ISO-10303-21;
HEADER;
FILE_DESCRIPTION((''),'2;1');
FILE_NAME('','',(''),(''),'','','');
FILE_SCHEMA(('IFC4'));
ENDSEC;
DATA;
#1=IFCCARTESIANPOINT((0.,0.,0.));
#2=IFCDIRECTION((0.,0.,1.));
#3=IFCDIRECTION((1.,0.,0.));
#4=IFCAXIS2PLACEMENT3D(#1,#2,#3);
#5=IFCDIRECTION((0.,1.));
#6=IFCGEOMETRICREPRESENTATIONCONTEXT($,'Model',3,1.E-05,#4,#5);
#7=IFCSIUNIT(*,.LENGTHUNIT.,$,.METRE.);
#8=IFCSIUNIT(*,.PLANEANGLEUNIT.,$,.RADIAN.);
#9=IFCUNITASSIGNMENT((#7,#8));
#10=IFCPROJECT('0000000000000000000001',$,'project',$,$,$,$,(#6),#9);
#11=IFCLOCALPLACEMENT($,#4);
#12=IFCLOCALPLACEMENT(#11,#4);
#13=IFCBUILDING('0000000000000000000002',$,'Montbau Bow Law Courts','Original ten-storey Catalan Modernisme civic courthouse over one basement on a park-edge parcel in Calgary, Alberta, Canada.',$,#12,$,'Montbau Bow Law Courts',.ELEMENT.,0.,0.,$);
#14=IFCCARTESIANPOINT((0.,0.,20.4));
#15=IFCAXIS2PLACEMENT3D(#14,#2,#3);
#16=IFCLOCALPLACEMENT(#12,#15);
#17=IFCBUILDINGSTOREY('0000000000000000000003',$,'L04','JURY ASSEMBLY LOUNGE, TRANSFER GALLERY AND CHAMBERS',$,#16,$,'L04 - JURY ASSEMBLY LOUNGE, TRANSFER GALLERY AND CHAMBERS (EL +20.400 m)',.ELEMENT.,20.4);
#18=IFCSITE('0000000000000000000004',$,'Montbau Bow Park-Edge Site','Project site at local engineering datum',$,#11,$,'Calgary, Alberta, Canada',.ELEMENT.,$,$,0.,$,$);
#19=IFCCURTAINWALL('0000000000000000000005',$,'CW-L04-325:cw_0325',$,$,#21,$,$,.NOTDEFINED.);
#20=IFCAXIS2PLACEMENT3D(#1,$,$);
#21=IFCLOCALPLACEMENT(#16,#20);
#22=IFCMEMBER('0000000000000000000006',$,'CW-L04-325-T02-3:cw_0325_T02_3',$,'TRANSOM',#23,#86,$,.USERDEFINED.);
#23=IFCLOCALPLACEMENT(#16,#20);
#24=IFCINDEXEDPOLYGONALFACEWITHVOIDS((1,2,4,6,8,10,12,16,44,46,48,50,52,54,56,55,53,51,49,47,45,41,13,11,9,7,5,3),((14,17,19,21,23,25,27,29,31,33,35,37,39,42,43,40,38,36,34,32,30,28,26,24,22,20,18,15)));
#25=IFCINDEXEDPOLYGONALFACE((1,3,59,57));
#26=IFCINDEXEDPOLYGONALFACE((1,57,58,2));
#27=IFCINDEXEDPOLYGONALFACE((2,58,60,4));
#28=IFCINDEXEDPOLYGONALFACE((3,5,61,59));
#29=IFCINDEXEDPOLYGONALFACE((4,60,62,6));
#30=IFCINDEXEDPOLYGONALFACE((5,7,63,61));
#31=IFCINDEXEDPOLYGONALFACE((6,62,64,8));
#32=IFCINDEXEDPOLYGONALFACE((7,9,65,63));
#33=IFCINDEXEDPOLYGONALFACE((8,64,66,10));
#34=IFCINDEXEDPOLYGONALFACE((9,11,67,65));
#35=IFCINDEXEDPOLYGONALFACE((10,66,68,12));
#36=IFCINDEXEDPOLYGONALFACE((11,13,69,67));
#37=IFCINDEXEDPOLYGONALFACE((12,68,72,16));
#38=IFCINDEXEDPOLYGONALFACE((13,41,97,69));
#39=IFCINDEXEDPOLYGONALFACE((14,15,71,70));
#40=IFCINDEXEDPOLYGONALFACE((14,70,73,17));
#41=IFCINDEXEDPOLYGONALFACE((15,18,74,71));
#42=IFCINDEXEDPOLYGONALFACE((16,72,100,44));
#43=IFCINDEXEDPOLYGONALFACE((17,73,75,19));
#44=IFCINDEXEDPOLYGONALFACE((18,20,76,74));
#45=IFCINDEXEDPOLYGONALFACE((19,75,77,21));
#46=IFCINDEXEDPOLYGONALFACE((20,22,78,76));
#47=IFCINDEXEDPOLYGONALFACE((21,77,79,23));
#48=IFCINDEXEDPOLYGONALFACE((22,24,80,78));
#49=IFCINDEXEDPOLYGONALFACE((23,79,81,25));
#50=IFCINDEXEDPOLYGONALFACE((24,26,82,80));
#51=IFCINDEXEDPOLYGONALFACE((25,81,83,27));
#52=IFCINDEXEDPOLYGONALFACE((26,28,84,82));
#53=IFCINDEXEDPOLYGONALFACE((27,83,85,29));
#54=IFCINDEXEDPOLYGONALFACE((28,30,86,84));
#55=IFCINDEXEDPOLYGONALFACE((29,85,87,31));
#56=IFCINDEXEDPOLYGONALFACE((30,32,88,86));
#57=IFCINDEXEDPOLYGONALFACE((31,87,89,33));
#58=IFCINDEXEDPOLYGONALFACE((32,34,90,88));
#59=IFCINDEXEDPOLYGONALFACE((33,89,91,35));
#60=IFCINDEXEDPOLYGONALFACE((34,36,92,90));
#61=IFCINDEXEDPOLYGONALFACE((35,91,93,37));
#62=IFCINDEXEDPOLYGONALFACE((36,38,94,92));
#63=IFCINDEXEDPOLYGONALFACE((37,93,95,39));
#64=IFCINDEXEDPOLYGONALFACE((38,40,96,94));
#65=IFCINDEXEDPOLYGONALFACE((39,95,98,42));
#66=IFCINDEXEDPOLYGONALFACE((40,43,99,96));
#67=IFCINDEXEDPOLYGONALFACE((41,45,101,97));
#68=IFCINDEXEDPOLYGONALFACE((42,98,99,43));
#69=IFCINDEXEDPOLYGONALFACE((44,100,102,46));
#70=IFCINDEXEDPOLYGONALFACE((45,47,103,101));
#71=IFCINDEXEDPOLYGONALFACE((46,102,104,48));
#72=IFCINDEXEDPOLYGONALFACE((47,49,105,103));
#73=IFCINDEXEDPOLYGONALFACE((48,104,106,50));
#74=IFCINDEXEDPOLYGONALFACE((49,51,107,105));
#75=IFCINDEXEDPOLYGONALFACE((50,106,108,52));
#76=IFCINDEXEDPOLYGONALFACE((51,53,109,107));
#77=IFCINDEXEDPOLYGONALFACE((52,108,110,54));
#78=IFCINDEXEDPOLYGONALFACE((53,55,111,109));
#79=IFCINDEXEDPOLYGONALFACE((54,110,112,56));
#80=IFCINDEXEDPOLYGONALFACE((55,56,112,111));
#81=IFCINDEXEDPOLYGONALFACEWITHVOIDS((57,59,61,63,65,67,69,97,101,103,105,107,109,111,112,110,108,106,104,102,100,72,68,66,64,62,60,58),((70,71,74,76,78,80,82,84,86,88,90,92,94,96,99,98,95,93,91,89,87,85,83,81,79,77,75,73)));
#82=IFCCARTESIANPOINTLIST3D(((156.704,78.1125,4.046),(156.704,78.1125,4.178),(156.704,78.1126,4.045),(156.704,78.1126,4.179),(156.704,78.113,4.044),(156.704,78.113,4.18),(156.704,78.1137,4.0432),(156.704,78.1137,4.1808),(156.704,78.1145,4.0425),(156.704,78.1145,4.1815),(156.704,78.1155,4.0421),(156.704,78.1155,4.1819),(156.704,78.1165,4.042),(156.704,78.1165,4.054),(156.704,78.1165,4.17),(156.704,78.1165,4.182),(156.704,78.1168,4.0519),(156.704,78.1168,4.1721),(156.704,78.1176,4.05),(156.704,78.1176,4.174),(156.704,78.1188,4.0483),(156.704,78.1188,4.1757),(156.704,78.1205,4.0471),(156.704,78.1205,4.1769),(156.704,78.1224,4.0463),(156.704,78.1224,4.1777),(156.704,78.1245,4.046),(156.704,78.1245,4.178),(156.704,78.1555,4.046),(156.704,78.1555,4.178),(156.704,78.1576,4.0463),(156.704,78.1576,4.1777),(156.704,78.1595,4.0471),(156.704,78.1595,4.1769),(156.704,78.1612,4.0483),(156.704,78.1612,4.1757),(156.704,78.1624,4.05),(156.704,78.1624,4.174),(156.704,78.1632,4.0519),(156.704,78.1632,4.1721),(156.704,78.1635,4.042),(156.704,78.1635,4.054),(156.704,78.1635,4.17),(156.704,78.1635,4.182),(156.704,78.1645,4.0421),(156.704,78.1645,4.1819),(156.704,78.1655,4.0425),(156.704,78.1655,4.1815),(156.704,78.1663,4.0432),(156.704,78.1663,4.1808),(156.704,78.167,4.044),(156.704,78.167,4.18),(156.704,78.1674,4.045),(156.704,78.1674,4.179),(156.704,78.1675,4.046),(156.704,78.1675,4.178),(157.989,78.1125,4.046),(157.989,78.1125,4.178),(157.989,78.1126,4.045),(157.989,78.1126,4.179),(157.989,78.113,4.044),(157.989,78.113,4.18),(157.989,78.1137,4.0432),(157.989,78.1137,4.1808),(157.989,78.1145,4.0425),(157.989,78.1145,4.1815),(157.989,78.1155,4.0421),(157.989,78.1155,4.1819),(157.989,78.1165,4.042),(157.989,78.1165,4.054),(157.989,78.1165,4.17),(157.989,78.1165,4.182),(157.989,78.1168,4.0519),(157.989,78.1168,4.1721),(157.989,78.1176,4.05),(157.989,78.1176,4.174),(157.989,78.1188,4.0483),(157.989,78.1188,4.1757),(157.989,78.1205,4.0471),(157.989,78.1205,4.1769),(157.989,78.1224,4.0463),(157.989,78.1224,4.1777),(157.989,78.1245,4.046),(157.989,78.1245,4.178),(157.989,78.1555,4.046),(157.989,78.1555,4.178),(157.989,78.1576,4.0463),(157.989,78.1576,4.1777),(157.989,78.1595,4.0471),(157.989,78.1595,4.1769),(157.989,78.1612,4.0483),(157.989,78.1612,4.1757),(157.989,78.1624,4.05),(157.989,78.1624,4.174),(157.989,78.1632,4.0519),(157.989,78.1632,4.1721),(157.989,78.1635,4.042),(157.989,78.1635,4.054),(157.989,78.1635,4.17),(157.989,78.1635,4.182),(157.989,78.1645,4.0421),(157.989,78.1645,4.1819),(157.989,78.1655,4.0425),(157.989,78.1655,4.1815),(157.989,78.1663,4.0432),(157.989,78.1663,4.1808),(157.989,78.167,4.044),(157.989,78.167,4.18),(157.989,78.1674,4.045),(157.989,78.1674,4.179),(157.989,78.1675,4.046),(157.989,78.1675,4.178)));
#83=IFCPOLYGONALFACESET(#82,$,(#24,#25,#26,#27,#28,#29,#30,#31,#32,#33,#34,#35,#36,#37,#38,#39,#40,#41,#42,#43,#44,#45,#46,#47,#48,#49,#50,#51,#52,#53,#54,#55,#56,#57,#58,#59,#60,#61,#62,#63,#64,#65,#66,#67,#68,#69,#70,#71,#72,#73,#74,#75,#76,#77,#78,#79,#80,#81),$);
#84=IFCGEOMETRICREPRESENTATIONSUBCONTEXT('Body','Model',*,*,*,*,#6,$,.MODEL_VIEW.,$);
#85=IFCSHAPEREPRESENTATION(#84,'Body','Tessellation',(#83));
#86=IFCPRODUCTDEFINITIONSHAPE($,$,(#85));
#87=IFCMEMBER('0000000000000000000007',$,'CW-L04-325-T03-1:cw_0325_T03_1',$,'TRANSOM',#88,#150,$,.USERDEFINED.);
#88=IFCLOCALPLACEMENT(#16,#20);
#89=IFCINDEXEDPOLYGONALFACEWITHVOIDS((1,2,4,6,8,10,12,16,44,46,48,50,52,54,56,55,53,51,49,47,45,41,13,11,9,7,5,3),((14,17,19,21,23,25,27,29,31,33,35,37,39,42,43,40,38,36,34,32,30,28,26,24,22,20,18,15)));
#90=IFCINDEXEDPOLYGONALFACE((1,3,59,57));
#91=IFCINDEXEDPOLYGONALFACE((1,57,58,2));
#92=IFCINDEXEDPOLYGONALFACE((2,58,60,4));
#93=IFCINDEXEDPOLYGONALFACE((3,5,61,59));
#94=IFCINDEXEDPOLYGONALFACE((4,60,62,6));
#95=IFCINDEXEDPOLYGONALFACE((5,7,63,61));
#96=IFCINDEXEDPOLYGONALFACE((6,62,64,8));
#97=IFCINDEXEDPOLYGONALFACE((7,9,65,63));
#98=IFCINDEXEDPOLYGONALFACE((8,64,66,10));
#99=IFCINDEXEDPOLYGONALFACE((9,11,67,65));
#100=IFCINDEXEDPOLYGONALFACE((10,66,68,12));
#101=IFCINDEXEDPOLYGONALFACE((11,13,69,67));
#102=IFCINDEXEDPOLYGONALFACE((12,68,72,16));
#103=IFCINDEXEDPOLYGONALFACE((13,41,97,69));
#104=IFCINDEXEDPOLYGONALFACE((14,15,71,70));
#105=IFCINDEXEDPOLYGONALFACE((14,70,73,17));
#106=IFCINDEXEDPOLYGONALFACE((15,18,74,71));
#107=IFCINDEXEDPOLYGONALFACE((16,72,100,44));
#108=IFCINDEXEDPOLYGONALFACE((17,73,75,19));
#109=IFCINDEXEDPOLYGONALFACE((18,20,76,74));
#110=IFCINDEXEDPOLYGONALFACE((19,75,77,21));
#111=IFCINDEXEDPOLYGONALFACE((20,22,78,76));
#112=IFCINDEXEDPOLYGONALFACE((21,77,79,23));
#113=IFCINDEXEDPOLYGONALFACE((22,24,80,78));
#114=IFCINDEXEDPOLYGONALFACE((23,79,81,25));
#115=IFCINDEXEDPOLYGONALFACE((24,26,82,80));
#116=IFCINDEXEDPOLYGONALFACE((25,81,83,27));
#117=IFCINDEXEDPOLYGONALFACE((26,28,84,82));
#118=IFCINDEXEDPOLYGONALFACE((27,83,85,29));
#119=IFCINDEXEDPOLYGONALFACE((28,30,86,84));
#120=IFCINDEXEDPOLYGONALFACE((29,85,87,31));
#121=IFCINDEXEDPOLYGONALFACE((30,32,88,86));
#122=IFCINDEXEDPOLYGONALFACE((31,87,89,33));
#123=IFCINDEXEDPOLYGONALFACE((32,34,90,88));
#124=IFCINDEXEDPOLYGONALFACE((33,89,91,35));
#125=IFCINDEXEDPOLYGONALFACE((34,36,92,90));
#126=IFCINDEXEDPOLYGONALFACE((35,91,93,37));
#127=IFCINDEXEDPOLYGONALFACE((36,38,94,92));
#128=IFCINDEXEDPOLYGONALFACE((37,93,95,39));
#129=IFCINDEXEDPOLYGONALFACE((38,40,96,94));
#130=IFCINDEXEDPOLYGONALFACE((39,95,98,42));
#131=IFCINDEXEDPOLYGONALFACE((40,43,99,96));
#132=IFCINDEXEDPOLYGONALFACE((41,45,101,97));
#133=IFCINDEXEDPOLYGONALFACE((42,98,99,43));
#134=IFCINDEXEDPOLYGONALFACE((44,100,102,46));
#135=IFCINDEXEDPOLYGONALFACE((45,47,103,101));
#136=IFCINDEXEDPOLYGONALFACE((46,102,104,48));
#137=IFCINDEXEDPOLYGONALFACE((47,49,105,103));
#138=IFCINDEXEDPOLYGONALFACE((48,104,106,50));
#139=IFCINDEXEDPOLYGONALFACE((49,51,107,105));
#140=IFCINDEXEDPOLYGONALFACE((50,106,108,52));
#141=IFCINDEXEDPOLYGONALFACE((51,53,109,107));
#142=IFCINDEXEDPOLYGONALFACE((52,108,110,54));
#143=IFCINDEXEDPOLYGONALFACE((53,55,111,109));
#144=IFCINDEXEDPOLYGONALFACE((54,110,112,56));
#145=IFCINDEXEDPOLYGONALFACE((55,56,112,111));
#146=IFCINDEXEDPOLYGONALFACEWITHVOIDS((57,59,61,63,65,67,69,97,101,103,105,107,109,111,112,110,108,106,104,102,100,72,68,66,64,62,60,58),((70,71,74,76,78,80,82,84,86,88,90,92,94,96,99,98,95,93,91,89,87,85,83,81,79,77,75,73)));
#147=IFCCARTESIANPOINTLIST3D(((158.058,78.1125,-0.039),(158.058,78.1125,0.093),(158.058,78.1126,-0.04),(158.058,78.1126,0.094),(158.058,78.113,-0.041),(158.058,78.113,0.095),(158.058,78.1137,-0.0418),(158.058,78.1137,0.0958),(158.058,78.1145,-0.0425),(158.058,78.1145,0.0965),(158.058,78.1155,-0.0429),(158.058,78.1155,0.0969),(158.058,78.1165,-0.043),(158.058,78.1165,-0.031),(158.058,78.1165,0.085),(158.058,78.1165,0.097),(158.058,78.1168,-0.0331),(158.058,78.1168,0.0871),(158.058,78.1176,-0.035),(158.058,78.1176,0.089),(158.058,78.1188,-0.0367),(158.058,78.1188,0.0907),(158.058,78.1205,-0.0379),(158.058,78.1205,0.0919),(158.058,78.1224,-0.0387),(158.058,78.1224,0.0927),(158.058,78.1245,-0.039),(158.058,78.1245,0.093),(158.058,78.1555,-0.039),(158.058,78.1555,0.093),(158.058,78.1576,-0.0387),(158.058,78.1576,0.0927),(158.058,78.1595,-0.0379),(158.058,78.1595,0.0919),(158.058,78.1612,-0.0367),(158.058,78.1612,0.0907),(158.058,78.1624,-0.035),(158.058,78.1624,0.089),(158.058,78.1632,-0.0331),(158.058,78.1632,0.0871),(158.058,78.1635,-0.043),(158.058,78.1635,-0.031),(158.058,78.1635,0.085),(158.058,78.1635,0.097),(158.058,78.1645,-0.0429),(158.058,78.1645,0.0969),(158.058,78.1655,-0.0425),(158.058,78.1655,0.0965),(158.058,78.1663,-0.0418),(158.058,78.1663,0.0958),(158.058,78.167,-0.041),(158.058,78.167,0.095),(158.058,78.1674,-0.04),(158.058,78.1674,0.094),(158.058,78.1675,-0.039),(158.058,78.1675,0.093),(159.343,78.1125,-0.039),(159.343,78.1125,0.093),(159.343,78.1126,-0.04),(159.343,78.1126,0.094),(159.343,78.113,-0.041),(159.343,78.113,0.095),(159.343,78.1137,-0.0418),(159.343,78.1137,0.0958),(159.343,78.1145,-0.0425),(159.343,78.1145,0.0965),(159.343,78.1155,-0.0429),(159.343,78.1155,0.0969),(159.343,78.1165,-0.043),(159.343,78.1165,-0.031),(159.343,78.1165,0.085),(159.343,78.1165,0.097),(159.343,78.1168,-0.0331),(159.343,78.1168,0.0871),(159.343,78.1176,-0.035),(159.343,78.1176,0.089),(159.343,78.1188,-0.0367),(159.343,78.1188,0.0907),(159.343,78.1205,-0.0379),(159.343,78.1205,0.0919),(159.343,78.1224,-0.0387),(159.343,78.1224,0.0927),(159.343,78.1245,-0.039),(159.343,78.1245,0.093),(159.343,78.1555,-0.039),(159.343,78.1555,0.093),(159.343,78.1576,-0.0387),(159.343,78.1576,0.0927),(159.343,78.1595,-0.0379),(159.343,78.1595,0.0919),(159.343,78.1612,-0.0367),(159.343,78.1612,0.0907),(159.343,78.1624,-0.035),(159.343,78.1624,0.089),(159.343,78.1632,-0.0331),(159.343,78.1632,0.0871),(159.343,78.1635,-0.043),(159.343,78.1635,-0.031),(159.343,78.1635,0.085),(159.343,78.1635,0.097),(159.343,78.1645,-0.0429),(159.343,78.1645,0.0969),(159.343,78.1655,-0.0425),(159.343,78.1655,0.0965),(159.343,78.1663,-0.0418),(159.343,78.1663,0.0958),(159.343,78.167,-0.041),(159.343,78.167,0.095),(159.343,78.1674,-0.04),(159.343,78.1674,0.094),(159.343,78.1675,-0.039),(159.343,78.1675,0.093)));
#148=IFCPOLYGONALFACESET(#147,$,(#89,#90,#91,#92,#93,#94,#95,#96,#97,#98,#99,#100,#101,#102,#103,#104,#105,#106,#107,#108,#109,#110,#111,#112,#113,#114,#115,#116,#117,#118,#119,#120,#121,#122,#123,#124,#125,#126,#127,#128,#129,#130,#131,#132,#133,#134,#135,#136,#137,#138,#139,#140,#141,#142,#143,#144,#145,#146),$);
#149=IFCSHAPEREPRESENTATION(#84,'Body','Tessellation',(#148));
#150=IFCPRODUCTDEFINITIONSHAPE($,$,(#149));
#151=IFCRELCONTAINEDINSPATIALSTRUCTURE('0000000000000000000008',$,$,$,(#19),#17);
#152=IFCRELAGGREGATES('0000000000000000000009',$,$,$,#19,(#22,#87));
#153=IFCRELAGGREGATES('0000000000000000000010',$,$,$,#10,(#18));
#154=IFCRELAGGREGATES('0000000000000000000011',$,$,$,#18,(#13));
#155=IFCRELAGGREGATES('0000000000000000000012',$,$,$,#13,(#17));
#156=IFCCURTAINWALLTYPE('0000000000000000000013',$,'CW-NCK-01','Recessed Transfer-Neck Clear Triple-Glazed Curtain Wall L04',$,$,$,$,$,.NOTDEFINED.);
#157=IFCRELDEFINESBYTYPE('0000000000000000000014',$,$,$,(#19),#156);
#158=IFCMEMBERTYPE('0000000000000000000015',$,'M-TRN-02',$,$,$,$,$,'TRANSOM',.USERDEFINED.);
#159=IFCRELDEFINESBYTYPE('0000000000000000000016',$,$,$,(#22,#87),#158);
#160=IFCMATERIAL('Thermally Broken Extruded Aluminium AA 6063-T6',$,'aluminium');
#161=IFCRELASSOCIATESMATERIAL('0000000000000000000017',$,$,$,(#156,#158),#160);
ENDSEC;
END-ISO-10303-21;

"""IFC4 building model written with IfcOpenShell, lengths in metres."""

from ifc_helpers import new_model, si_unit, direction, frame, origin_with_axes, origin_2d_with_axis, place, context, subcontext, project, spatial, hollow_rectangle, extrude, material, material_profile, profile_set, type_object, element, aggregate, save


model = new_model("IFC4")

# Units and contexts
model_context = context("Model", 3, precision=1e-05, world=origin_with_axes(), true_north=direction((0.0, 1.0)))
body_context = subcontext(model_context, "Body", "Model", "MODEL_VIEW")
ifc_project = project(units=[si_unit("LENGTHUNIT", "METRE"), si_unit("PLANEANGLEUNIT", "RADIAN")], contexts=[model_context])

# Site, building, storey
site_placement = place(None, origin_with_axes())
site = spatial("IfcSite", under=ifc_project, at=site_placement, Name="Montbau Bow Park-Edge Site", Description="Project site at local engineering datum", LongName="Calgary, Alberta, Canada", CompositionType="ELEMENT", RefElevation=0.0)
building_placement = place(site_placement, origin_with_axes())
building = spatial("IfcBuilding", under=site, at=building_placement, Name="Montbau Bow Law Courts", Description="Original ten-storey Catalan Modernisme civic courthouse over one basement on a park-edge parcel in Calgary, Alberta, Canada.", LongName="Montbau Bow Law Courts", CompositionType="ELEMENT", ElevationOfRefHeight=0.0, ElevationOfTerrain=0.0)
storey_placement = place(building_placement, frame((0.0, 0.0, 20.4), z_axis=(0.0, 0.0, 1.0), x_axis=(1.0, 0.0, 0.0)))
storey = spatial("IfcBuildingStorey", under=building, at=storey_placement, Name="L04", Description="JURY ASSEMBLY LOUNGE, TRANSFER GALLERY AND CHAMBERS", LongName="L04 - JURY ASSEMBLY LOUNGE, TRANSFER GALLERY AND CHAMBERS (EL +20.400 m)", CompositionType="ELEMENT", Elevation=20.4)

# Curtain wall, members
ifc_material_1 = material(Name="Thermally Broken Extruded Aluminium AA 6063-T6", Category="aluminium")
curtain_wall_type = type_object("IfcCurtainWallType", Name="CW-NCK-01", Description="Recessed Transfer-Neck Clear Triple-Glazed Curtain Wall L04", PredefinedType="NOTDEFINED", material=ifc_material_1)
curtain_wall_placement = place(None, frame((155.315, 78.14, 20.4), z_axis=(0.0, 0.0, 1.0), x_axis=(1.0, 0.0, 0.0)))
curtain_wall = element("IfcCurtainWall", 1, at=curtain_wall_placement, inside=storey, type_object=curtain_wall_type, Name="CW-L04-325:cw_0325", PredefinedType="NOTDEFINED")
ifc_material_profile_1 = material_profile(ifc_material_1, hollow_rectangle(XDim=0.055, YDim=0.14, WallThickness=0.004, InnerFilletRadius=0.008, OuterFilletRadius=0.004, at=origin_2d_with_axis()), Name="CWT-140X55", Category="Main", Priority=0)
ifc_profile_set_1 = profile_set([ifc_material_profile_1], Name="Thermally Broken Extruded Aluminium AA 6063-T6")
member_type_1 = type_object("IfcMemberType", Name="M-TRN-02", ElementType="TRANSOM", PredefinedType="USERDEFINED", material=ifc_profile_set_1)
member_1_placement = place(None, frame((156.704, 78.14, 24.512), z_axis=(1.0, 0.0, 0.0), x_axis=(0.0, 1.0, 0.0)))
member_1 = element("IfcMember", 2, at=member_1_placement, type_object=member_type_1, Name="CW-L04-325-T02-3:cw_0325_T02_3", ObjectType="TRANSOM", PredefinedType="USERDEFINED", context=body_context, shape_type="SweptSolid", body=[
    extrude(hollow_rectangle(XDim=0.055, YDim=0.14, WallThickness=0.004, InnerFilletRadius=0.008, OuterFilletRadius=0.004, at=origin_2d_with_axis()), origin_with_axes(), (0.0, 0.0, 1.0), 1.285),
])
member_2_placement = place(None, frame((158.058, 78.14, 20.427), z_axis=(1.0, 0.0, 0.0), x_axis=(0.0, 1.0, 0.0)))
member_2 = element("IfcMember", 3, at=member_2_placement, type_object=member_type_1, Name="CW-L04-325-T03-1:cw_0325_T03_1", ObjectType="TRANSOM", PredefinedType="USERDEFINED", context=body_context, shape_type="SweptSolid", body=[
    extrude(hollow_rectangle(XDim=0.055, YDim=0.14, WallThickness=0.004, InnerFilletRadius=0.008, OuterFilletRadius=0.004, at=origin_2d_with_axis()), origin_with_axes(), (0.0, 0.0, 1.0), 1.285),
])
aggregate(curtain_wall, [member_1, member_2])

save(model, "model.ifc")
